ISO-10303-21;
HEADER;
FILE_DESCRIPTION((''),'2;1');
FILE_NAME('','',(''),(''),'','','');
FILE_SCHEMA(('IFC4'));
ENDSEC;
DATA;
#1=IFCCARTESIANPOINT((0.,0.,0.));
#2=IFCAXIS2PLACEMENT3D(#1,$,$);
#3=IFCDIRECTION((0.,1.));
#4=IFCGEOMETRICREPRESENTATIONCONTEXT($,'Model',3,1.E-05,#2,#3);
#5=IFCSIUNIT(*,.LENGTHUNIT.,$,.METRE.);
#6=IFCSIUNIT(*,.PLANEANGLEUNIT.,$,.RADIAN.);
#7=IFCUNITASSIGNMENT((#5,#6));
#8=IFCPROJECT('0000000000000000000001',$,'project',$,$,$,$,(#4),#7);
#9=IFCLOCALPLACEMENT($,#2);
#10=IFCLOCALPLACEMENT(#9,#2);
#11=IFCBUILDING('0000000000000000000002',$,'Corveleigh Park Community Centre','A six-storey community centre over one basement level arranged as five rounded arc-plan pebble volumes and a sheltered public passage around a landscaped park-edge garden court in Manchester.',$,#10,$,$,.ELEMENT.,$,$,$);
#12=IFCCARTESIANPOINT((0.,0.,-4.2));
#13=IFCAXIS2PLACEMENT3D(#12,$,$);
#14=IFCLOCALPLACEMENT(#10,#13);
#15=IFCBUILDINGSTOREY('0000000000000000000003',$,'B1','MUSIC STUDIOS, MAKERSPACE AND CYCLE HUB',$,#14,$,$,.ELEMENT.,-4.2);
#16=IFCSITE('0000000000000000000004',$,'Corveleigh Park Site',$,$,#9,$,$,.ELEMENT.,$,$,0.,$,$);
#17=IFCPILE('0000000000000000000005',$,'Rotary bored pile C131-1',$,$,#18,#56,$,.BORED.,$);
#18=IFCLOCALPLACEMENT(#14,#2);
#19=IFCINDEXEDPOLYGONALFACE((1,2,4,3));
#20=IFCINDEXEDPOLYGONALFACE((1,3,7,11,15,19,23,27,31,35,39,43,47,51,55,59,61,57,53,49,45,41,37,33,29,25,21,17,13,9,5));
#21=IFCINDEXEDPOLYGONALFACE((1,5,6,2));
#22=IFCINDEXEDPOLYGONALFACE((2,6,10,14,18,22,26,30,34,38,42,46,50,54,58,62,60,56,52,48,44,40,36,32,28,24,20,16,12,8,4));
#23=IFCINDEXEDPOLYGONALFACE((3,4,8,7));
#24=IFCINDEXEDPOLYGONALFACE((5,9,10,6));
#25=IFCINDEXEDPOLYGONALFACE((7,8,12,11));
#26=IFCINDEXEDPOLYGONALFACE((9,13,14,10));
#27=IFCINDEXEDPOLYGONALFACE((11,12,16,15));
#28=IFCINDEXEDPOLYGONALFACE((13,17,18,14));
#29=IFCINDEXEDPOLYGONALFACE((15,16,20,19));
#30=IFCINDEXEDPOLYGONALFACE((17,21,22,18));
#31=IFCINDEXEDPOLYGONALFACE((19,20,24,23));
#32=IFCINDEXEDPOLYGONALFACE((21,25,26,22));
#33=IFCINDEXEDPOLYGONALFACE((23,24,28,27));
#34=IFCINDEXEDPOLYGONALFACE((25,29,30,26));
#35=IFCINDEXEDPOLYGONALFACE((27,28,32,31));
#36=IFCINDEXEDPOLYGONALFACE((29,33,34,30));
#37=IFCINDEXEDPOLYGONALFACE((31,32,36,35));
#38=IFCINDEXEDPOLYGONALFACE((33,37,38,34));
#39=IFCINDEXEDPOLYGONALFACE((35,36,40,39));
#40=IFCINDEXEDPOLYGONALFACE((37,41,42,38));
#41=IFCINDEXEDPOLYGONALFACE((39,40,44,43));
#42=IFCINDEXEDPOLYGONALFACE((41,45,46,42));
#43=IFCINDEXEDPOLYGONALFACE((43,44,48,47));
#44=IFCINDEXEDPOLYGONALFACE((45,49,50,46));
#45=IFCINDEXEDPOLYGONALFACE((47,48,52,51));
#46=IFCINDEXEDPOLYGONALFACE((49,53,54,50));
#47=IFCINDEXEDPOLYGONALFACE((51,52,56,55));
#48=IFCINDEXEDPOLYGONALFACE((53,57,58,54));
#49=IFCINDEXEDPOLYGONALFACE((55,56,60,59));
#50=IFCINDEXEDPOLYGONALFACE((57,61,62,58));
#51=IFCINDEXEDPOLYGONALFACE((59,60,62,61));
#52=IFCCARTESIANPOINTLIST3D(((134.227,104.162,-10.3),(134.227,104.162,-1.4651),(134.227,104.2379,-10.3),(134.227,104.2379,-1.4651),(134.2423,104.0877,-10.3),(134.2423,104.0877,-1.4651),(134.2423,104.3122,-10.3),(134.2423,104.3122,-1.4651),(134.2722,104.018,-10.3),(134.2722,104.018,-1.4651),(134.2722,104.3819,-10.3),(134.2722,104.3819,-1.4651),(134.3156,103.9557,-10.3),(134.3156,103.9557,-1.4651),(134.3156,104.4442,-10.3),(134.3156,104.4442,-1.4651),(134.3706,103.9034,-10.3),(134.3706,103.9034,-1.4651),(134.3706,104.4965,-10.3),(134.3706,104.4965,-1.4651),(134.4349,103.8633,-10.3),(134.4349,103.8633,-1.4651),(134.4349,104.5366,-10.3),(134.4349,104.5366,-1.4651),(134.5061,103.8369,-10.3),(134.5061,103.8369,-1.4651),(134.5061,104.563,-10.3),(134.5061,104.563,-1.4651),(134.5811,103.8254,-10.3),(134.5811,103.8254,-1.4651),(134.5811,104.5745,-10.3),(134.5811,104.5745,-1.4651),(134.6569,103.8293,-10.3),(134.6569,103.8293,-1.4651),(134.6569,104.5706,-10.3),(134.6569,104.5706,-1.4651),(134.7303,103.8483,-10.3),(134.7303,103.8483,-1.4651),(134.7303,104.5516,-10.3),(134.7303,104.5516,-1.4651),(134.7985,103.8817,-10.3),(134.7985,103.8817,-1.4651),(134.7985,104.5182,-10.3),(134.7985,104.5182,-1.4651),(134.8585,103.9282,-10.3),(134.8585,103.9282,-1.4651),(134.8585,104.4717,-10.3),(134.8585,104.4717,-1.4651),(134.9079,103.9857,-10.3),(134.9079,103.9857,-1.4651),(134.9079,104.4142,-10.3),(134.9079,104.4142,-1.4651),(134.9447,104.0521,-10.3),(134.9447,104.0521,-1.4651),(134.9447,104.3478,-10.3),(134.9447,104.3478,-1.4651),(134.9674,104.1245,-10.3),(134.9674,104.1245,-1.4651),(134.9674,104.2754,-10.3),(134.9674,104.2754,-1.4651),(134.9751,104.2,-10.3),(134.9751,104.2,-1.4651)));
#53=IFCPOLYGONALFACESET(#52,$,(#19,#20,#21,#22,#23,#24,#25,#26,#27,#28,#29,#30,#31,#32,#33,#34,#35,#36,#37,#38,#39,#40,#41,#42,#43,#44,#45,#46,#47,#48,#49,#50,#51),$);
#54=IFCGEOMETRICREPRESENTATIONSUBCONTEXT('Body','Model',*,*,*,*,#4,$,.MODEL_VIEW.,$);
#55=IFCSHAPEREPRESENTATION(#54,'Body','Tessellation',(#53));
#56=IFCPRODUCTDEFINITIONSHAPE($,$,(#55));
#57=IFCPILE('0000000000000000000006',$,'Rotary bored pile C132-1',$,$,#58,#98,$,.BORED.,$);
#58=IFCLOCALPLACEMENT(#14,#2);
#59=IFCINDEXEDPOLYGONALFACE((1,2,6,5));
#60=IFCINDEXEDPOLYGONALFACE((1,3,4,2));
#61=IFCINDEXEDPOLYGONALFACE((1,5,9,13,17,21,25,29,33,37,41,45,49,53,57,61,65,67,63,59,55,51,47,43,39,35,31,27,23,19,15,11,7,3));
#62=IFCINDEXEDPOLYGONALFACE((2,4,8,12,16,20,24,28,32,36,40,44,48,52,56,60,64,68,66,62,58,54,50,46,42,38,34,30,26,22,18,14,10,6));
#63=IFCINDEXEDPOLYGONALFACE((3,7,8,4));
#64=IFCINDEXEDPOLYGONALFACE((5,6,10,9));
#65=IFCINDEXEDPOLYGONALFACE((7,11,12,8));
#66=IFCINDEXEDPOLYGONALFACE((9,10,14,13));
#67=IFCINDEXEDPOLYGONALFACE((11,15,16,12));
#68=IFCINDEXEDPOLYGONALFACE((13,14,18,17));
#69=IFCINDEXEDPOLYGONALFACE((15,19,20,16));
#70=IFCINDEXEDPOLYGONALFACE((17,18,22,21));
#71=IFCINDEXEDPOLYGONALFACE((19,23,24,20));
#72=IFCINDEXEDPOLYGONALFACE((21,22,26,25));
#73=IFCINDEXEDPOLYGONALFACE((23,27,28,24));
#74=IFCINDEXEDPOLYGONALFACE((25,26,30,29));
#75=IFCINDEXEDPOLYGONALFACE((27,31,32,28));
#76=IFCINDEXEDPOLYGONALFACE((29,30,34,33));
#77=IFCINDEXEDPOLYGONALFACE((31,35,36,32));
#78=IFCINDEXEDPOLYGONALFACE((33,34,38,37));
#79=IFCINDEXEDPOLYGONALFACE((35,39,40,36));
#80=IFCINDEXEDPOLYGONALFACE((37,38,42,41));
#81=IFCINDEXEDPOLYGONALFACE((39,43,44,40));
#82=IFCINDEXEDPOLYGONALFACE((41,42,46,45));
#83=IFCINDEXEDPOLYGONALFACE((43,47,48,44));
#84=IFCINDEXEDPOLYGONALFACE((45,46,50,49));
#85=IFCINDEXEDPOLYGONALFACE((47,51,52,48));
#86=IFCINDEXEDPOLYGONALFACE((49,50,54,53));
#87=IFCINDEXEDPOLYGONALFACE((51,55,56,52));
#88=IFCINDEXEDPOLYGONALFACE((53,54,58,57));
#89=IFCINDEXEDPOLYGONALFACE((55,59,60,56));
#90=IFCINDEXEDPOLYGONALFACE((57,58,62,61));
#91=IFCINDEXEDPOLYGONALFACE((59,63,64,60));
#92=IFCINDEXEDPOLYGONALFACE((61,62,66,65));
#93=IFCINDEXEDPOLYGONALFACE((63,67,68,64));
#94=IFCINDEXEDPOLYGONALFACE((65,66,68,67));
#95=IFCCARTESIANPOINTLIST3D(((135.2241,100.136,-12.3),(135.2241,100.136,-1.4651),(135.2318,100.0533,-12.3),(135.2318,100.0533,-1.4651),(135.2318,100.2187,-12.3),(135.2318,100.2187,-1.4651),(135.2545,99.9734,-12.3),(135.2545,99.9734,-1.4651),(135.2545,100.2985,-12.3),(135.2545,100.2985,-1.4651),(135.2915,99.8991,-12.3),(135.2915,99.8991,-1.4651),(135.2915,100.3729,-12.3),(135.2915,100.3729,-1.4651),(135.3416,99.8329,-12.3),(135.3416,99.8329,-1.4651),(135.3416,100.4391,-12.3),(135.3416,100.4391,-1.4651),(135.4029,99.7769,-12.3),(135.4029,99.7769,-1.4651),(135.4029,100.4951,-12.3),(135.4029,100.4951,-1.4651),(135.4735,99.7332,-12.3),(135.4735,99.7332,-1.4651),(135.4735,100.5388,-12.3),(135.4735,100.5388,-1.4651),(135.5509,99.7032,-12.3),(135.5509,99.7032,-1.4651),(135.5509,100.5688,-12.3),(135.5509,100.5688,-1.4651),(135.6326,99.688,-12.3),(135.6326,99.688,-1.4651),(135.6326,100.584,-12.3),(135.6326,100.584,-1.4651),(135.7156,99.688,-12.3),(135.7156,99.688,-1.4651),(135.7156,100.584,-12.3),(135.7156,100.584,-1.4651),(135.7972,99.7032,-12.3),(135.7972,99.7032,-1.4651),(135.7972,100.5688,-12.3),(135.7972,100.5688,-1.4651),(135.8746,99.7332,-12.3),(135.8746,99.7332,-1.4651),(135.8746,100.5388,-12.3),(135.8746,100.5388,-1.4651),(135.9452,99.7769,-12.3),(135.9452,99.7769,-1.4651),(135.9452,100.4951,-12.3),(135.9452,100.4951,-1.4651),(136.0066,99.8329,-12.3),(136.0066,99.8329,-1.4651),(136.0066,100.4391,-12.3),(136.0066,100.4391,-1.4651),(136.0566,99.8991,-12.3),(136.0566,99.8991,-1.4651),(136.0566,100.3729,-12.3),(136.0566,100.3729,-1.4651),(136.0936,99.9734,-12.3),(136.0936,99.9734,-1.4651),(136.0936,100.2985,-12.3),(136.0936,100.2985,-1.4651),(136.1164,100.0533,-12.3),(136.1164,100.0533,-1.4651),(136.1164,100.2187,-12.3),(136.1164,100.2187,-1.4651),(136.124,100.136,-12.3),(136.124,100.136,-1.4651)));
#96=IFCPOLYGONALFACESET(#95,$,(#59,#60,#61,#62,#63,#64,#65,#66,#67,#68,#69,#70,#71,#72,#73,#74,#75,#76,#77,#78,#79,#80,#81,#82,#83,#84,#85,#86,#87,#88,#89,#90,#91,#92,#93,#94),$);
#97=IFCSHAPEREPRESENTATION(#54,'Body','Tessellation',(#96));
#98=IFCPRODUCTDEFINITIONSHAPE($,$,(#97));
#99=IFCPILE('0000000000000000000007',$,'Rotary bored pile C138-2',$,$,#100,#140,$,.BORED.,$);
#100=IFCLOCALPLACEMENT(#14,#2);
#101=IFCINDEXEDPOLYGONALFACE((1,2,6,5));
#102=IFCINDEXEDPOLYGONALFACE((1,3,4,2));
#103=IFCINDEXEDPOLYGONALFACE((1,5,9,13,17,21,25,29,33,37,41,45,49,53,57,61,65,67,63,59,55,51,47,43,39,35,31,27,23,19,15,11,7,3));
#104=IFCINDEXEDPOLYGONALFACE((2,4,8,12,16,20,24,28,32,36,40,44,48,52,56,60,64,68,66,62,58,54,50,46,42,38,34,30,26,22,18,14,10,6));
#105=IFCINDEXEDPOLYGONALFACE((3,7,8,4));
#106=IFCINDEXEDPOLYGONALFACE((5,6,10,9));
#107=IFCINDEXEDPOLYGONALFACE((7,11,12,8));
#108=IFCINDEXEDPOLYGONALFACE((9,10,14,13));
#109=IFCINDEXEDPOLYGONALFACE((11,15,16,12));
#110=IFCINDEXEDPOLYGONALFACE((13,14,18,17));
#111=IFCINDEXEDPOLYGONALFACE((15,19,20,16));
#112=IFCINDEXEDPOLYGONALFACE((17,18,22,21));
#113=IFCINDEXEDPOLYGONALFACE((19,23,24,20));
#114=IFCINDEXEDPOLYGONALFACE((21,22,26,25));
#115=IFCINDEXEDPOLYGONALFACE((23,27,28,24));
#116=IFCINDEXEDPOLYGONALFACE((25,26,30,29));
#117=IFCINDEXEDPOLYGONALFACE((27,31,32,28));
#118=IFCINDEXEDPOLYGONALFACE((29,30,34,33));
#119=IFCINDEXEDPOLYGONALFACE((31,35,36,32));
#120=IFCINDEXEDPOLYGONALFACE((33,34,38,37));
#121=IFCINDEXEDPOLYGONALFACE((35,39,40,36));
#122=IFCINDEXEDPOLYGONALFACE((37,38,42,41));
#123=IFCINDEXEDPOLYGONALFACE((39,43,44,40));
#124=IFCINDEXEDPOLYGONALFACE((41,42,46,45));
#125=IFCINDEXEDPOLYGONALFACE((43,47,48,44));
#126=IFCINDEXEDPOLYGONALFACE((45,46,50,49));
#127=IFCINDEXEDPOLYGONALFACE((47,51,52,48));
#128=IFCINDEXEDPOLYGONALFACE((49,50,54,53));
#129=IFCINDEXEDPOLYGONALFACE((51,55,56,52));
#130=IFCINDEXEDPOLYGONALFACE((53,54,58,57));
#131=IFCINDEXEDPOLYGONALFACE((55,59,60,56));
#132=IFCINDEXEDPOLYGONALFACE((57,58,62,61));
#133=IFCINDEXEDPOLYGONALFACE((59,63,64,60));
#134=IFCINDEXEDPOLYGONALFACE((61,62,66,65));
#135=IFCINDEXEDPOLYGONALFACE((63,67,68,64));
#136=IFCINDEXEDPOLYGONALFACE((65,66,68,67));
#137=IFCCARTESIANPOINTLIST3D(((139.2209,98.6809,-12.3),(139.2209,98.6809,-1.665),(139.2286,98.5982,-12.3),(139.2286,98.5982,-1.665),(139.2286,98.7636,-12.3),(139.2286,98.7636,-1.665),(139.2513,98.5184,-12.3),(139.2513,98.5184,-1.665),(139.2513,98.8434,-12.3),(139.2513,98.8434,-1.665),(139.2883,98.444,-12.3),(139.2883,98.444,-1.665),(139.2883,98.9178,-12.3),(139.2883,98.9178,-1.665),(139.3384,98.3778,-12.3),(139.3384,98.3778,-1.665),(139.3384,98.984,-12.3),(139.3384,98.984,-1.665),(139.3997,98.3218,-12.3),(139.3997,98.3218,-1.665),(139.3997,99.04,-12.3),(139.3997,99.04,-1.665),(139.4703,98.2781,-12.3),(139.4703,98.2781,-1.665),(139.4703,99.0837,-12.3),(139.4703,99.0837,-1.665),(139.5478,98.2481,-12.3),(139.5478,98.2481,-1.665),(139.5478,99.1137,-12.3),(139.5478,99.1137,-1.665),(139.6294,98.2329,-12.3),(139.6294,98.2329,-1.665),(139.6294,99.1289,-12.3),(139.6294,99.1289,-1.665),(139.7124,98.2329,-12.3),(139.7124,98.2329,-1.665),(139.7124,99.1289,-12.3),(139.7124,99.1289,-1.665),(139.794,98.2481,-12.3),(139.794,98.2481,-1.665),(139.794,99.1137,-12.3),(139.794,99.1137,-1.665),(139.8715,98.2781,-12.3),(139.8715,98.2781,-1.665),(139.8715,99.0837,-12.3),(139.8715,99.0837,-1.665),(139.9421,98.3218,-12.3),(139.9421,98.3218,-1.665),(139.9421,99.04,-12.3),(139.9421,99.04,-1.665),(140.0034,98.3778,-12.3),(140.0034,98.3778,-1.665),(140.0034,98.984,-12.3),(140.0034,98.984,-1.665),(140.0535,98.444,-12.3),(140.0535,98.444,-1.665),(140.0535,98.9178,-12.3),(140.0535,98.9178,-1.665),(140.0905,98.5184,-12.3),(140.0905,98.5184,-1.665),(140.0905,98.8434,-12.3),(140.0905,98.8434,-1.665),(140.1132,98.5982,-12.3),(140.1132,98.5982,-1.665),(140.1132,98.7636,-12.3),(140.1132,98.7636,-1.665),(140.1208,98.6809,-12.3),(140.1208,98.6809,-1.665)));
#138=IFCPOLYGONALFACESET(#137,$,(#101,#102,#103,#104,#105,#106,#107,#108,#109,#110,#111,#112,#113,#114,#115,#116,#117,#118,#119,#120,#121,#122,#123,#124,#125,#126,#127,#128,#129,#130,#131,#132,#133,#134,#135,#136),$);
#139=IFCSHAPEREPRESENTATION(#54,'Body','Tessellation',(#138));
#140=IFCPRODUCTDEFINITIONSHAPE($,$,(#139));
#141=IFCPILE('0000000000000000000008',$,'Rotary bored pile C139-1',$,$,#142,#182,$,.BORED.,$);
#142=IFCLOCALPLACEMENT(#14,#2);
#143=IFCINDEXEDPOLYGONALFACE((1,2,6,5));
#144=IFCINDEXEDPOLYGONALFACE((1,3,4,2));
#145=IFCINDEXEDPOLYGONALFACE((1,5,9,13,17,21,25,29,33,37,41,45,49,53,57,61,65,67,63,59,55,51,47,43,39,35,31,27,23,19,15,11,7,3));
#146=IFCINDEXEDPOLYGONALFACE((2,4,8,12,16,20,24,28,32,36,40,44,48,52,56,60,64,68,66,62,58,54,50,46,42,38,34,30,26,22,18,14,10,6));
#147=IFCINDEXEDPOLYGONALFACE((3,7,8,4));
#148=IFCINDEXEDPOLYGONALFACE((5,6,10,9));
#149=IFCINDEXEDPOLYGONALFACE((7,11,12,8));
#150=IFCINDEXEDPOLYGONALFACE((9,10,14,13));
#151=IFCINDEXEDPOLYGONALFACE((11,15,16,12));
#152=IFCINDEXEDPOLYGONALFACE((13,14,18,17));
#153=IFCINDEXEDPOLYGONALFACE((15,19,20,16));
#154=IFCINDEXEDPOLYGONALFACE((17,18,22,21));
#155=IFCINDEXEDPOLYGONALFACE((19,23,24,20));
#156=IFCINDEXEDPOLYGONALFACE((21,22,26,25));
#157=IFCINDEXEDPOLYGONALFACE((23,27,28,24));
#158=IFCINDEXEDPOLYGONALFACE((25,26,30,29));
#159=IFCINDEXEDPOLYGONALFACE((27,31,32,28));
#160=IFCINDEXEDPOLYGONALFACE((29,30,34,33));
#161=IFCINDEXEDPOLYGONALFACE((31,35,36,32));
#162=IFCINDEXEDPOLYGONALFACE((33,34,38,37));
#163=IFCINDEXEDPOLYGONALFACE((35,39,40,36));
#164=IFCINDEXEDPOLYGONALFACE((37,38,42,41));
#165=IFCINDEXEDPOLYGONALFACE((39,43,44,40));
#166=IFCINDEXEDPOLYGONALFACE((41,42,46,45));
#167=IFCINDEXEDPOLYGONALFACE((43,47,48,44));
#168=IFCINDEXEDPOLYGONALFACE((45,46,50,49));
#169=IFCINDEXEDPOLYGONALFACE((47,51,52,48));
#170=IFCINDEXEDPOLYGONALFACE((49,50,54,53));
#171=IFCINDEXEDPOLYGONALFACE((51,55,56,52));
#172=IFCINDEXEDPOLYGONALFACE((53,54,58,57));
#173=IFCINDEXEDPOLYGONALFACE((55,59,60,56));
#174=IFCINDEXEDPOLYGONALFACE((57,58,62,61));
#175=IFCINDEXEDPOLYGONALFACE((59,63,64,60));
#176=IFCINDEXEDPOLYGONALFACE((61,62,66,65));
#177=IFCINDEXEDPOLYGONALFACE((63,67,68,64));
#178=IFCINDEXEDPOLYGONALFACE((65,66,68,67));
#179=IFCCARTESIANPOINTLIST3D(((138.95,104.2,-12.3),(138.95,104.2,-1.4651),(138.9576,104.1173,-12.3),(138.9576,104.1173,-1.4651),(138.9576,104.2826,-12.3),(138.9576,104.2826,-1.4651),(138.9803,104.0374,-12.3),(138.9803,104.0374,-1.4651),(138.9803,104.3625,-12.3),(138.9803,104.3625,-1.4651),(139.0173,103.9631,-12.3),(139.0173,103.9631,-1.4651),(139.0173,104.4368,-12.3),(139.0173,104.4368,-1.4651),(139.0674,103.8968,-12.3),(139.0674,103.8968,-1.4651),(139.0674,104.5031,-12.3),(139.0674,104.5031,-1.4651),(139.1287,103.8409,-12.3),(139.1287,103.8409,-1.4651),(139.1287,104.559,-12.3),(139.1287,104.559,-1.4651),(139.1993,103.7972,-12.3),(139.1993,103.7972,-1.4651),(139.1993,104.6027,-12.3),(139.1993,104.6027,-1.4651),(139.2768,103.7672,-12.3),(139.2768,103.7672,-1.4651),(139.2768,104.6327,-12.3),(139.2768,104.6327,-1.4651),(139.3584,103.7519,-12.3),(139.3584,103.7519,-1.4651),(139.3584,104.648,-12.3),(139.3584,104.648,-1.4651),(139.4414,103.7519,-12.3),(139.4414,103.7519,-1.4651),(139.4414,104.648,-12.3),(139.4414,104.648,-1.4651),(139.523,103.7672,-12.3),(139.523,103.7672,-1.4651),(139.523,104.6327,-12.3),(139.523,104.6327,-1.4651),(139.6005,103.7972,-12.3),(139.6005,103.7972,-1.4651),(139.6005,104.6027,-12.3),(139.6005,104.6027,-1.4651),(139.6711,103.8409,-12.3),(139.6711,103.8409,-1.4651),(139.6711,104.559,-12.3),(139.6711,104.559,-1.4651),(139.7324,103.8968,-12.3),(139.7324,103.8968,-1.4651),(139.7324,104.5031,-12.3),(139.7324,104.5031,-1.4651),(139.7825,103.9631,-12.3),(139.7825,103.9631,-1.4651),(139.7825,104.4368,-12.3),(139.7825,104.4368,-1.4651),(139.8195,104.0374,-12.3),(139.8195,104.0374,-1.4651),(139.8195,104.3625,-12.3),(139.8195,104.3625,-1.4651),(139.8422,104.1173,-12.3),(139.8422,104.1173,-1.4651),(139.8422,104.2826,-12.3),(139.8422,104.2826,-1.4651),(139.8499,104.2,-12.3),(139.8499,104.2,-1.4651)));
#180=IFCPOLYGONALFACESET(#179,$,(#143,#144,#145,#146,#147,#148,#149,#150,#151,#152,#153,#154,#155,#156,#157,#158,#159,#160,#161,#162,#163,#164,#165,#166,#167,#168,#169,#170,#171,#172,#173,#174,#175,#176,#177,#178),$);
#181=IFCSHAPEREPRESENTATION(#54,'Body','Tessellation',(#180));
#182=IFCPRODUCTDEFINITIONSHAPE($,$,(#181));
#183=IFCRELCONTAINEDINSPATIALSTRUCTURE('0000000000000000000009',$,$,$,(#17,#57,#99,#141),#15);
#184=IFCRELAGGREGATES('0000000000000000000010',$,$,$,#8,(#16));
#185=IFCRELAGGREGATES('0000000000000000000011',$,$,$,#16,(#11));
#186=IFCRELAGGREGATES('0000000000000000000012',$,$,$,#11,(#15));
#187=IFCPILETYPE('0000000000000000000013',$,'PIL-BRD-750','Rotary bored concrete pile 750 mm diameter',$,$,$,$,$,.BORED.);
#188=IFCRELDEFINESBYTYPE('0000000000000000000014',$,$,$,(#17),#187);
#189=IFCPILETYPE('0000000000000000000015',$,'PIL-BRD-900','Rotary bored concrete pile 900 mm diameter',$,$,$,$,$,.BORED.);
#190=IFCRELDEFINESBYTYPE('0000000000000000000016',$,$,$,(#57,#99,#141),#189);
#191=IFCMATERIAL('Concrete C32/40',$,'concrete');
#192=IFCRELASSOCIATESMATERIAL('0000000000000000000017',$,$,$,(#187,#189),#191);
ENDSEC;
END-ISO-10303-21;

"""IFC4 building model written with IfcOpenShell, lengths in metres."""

from ifc_helpers import new_model, si_unit, direction, frame, origin, origin_2d, place, context, subcontext, project, spatial, circle, extrude, material, material_profile, profile_set, type_object, element, save


model = new_model("IFC4")

# Units and contexts
model_context = context("Model", 3, precision=1e-05, world=origin(), true_north=direction((0.0, 1.0)))
body_context = subcontext(model_context, "Body", "Model", "MODEL_VIEW")
ifc_project = project(units=[si_unit("LENGTHUNIT", "METRE"), si_unit("PLANEANGLEUNIT", "RADIAN")], contexts=[model_context])

# Site, building, storey
site_placement = place(None, origin())
site = spatial("IfcSite", under=ifc_project, at=site_placement, Name="Corveleigh Park Site", CompositionType="ELEMENT", RefElevation=0.0)
building_placement = place(site_placement, origin())
building = spatial("IfcBuilding", under=site, at=building_placement, Name="Corveleigh Park Community Centre", Description="A six-storey community centre over one basement level arranged as five rounded arc-plan pebble volumes and a sheltered public passage around a landscaped park-edge garden court in Manchester.", CompositionType="ELEMENT")
storey_placement = place(building_placement, frame((0.0, 0.0, -4.2)))
storey = spatial("IfcBuildingStorey", under=building, at=storey_placement, Name="B1", Description="MUSIC STUDIOS, MAKERSPACE AND CYCLE HUB", CompositionType="ELEMENT", Elevation=-4.2)

# Piles
ifc_material_1 = material(Name="Concrete C32/40", Category="concrete")
ifc_material_profile_1 = material_profile(ifc_material_1, circle(Radius=0.375, at=origin_2d()), Name="BORED-PILE-750", Category="concrete")
ifc_profile_set_1 = profile_set([ifc_material_profile_1], Name="Concrete C32/40")
pile_type_1 = type_object("IfcPileType", Name="PIL-BRD-750", Description="Rotary bored concrete pile 750 mm diameter", PredefinedType="BORED", material=ifc_profile_set_1)
pile_1_placement = place(storey_placement, frame((134.6001, 104.2, -1.4651), z_axis=(0.0, 0.0, -1.0), x_axis=(1.0, 0.0, 0.0)))
element("IfcPile", 1, at=pile_1_placement, inside=storey, type_object=pile_type_1, Name="Rotary bored pile C131-1", PredefinedType="BORED", context=body_context, shape_type="SweptSolid", body=[
    extrude(circle(Radius=0.375, at=origin_2d()), origin(), (0.0, 0.0, 1.0), 8.835),
])
ifc_material_profile_2 = material_profile(ifc_material_1, circle(Radius=0.45, at=origin_2d()), Name="BORED-PILE-900", Category="concrete")
ifc_profile_set_2 = profile_set([ifc_material_profile_2], Name="Concrete C32/40")
pile_type_2 = type_object("IfcPileType", Name="PIL-BRD-900", Description="Rotary bored concrete pile 900 mm diameter", PredefinedType="BORED", material=ifc_profile_set_2)
pile_2_placement = place(storey_placement, frame((135.6741, 100.136, -1.4651), z_axis=(0.0, 0.0, -1.0), x_axis=(1.0, 0.0, 0.0)))
element("IfcPile", 2, at=pile_2_placement, inside=storey, type_object=pile_type_2, Name="Rotary bored pile C132-1", PredefinedType="BORED", context=body_context, shape_type="SweptSolid", body=[
    extrude(circle(Radius=0.45, at=origin_2d()), origin(), (0.0, 0.0, 1.0), 10.835),
])
pile_3_placement = place(storey_placement, frame((139.6709, 98.6809, -1.665), z_axis=(0.0, 0.0, -1.0), x_axis=(1.0, 0.0, 0.0)))
element("IfcPile", 3, at=pile_3_placement, inside=storey, type_object=pile_type_2, Name="Rotary bored pile C138-2", PredefinedType="BORED", context=body_context, shape_type="SweptSolid", body=[
    extrude(circle(Radius=0.45, at=origin_2d()), origin(), (0.0, 0.0, 1.0), 10.635),
])
for number, where, z_axis, x_axis, name in (
    (4, (139.3999, 104.2, -1.4651), (0.0, 0.0, -1.0), (1.0, 0.0, 0.0), "Rotary bored pile C139-1"),
):
    element("IfcPile", number, at=place(storey_placement, frame(where, z_axis=z_axis, x_axis=x_axis)), inside=storey, type_object=pile_type_2, Name=name, PredefinedType="BORED", context=body_context, shape_type="SweptSolid", body=[
        extrude(circle(Radius=0.45, at=origin_2d()), origin(), (0.0, 0.0, 1.0), 10.835),
    ])

save(model, "model.ifc")
